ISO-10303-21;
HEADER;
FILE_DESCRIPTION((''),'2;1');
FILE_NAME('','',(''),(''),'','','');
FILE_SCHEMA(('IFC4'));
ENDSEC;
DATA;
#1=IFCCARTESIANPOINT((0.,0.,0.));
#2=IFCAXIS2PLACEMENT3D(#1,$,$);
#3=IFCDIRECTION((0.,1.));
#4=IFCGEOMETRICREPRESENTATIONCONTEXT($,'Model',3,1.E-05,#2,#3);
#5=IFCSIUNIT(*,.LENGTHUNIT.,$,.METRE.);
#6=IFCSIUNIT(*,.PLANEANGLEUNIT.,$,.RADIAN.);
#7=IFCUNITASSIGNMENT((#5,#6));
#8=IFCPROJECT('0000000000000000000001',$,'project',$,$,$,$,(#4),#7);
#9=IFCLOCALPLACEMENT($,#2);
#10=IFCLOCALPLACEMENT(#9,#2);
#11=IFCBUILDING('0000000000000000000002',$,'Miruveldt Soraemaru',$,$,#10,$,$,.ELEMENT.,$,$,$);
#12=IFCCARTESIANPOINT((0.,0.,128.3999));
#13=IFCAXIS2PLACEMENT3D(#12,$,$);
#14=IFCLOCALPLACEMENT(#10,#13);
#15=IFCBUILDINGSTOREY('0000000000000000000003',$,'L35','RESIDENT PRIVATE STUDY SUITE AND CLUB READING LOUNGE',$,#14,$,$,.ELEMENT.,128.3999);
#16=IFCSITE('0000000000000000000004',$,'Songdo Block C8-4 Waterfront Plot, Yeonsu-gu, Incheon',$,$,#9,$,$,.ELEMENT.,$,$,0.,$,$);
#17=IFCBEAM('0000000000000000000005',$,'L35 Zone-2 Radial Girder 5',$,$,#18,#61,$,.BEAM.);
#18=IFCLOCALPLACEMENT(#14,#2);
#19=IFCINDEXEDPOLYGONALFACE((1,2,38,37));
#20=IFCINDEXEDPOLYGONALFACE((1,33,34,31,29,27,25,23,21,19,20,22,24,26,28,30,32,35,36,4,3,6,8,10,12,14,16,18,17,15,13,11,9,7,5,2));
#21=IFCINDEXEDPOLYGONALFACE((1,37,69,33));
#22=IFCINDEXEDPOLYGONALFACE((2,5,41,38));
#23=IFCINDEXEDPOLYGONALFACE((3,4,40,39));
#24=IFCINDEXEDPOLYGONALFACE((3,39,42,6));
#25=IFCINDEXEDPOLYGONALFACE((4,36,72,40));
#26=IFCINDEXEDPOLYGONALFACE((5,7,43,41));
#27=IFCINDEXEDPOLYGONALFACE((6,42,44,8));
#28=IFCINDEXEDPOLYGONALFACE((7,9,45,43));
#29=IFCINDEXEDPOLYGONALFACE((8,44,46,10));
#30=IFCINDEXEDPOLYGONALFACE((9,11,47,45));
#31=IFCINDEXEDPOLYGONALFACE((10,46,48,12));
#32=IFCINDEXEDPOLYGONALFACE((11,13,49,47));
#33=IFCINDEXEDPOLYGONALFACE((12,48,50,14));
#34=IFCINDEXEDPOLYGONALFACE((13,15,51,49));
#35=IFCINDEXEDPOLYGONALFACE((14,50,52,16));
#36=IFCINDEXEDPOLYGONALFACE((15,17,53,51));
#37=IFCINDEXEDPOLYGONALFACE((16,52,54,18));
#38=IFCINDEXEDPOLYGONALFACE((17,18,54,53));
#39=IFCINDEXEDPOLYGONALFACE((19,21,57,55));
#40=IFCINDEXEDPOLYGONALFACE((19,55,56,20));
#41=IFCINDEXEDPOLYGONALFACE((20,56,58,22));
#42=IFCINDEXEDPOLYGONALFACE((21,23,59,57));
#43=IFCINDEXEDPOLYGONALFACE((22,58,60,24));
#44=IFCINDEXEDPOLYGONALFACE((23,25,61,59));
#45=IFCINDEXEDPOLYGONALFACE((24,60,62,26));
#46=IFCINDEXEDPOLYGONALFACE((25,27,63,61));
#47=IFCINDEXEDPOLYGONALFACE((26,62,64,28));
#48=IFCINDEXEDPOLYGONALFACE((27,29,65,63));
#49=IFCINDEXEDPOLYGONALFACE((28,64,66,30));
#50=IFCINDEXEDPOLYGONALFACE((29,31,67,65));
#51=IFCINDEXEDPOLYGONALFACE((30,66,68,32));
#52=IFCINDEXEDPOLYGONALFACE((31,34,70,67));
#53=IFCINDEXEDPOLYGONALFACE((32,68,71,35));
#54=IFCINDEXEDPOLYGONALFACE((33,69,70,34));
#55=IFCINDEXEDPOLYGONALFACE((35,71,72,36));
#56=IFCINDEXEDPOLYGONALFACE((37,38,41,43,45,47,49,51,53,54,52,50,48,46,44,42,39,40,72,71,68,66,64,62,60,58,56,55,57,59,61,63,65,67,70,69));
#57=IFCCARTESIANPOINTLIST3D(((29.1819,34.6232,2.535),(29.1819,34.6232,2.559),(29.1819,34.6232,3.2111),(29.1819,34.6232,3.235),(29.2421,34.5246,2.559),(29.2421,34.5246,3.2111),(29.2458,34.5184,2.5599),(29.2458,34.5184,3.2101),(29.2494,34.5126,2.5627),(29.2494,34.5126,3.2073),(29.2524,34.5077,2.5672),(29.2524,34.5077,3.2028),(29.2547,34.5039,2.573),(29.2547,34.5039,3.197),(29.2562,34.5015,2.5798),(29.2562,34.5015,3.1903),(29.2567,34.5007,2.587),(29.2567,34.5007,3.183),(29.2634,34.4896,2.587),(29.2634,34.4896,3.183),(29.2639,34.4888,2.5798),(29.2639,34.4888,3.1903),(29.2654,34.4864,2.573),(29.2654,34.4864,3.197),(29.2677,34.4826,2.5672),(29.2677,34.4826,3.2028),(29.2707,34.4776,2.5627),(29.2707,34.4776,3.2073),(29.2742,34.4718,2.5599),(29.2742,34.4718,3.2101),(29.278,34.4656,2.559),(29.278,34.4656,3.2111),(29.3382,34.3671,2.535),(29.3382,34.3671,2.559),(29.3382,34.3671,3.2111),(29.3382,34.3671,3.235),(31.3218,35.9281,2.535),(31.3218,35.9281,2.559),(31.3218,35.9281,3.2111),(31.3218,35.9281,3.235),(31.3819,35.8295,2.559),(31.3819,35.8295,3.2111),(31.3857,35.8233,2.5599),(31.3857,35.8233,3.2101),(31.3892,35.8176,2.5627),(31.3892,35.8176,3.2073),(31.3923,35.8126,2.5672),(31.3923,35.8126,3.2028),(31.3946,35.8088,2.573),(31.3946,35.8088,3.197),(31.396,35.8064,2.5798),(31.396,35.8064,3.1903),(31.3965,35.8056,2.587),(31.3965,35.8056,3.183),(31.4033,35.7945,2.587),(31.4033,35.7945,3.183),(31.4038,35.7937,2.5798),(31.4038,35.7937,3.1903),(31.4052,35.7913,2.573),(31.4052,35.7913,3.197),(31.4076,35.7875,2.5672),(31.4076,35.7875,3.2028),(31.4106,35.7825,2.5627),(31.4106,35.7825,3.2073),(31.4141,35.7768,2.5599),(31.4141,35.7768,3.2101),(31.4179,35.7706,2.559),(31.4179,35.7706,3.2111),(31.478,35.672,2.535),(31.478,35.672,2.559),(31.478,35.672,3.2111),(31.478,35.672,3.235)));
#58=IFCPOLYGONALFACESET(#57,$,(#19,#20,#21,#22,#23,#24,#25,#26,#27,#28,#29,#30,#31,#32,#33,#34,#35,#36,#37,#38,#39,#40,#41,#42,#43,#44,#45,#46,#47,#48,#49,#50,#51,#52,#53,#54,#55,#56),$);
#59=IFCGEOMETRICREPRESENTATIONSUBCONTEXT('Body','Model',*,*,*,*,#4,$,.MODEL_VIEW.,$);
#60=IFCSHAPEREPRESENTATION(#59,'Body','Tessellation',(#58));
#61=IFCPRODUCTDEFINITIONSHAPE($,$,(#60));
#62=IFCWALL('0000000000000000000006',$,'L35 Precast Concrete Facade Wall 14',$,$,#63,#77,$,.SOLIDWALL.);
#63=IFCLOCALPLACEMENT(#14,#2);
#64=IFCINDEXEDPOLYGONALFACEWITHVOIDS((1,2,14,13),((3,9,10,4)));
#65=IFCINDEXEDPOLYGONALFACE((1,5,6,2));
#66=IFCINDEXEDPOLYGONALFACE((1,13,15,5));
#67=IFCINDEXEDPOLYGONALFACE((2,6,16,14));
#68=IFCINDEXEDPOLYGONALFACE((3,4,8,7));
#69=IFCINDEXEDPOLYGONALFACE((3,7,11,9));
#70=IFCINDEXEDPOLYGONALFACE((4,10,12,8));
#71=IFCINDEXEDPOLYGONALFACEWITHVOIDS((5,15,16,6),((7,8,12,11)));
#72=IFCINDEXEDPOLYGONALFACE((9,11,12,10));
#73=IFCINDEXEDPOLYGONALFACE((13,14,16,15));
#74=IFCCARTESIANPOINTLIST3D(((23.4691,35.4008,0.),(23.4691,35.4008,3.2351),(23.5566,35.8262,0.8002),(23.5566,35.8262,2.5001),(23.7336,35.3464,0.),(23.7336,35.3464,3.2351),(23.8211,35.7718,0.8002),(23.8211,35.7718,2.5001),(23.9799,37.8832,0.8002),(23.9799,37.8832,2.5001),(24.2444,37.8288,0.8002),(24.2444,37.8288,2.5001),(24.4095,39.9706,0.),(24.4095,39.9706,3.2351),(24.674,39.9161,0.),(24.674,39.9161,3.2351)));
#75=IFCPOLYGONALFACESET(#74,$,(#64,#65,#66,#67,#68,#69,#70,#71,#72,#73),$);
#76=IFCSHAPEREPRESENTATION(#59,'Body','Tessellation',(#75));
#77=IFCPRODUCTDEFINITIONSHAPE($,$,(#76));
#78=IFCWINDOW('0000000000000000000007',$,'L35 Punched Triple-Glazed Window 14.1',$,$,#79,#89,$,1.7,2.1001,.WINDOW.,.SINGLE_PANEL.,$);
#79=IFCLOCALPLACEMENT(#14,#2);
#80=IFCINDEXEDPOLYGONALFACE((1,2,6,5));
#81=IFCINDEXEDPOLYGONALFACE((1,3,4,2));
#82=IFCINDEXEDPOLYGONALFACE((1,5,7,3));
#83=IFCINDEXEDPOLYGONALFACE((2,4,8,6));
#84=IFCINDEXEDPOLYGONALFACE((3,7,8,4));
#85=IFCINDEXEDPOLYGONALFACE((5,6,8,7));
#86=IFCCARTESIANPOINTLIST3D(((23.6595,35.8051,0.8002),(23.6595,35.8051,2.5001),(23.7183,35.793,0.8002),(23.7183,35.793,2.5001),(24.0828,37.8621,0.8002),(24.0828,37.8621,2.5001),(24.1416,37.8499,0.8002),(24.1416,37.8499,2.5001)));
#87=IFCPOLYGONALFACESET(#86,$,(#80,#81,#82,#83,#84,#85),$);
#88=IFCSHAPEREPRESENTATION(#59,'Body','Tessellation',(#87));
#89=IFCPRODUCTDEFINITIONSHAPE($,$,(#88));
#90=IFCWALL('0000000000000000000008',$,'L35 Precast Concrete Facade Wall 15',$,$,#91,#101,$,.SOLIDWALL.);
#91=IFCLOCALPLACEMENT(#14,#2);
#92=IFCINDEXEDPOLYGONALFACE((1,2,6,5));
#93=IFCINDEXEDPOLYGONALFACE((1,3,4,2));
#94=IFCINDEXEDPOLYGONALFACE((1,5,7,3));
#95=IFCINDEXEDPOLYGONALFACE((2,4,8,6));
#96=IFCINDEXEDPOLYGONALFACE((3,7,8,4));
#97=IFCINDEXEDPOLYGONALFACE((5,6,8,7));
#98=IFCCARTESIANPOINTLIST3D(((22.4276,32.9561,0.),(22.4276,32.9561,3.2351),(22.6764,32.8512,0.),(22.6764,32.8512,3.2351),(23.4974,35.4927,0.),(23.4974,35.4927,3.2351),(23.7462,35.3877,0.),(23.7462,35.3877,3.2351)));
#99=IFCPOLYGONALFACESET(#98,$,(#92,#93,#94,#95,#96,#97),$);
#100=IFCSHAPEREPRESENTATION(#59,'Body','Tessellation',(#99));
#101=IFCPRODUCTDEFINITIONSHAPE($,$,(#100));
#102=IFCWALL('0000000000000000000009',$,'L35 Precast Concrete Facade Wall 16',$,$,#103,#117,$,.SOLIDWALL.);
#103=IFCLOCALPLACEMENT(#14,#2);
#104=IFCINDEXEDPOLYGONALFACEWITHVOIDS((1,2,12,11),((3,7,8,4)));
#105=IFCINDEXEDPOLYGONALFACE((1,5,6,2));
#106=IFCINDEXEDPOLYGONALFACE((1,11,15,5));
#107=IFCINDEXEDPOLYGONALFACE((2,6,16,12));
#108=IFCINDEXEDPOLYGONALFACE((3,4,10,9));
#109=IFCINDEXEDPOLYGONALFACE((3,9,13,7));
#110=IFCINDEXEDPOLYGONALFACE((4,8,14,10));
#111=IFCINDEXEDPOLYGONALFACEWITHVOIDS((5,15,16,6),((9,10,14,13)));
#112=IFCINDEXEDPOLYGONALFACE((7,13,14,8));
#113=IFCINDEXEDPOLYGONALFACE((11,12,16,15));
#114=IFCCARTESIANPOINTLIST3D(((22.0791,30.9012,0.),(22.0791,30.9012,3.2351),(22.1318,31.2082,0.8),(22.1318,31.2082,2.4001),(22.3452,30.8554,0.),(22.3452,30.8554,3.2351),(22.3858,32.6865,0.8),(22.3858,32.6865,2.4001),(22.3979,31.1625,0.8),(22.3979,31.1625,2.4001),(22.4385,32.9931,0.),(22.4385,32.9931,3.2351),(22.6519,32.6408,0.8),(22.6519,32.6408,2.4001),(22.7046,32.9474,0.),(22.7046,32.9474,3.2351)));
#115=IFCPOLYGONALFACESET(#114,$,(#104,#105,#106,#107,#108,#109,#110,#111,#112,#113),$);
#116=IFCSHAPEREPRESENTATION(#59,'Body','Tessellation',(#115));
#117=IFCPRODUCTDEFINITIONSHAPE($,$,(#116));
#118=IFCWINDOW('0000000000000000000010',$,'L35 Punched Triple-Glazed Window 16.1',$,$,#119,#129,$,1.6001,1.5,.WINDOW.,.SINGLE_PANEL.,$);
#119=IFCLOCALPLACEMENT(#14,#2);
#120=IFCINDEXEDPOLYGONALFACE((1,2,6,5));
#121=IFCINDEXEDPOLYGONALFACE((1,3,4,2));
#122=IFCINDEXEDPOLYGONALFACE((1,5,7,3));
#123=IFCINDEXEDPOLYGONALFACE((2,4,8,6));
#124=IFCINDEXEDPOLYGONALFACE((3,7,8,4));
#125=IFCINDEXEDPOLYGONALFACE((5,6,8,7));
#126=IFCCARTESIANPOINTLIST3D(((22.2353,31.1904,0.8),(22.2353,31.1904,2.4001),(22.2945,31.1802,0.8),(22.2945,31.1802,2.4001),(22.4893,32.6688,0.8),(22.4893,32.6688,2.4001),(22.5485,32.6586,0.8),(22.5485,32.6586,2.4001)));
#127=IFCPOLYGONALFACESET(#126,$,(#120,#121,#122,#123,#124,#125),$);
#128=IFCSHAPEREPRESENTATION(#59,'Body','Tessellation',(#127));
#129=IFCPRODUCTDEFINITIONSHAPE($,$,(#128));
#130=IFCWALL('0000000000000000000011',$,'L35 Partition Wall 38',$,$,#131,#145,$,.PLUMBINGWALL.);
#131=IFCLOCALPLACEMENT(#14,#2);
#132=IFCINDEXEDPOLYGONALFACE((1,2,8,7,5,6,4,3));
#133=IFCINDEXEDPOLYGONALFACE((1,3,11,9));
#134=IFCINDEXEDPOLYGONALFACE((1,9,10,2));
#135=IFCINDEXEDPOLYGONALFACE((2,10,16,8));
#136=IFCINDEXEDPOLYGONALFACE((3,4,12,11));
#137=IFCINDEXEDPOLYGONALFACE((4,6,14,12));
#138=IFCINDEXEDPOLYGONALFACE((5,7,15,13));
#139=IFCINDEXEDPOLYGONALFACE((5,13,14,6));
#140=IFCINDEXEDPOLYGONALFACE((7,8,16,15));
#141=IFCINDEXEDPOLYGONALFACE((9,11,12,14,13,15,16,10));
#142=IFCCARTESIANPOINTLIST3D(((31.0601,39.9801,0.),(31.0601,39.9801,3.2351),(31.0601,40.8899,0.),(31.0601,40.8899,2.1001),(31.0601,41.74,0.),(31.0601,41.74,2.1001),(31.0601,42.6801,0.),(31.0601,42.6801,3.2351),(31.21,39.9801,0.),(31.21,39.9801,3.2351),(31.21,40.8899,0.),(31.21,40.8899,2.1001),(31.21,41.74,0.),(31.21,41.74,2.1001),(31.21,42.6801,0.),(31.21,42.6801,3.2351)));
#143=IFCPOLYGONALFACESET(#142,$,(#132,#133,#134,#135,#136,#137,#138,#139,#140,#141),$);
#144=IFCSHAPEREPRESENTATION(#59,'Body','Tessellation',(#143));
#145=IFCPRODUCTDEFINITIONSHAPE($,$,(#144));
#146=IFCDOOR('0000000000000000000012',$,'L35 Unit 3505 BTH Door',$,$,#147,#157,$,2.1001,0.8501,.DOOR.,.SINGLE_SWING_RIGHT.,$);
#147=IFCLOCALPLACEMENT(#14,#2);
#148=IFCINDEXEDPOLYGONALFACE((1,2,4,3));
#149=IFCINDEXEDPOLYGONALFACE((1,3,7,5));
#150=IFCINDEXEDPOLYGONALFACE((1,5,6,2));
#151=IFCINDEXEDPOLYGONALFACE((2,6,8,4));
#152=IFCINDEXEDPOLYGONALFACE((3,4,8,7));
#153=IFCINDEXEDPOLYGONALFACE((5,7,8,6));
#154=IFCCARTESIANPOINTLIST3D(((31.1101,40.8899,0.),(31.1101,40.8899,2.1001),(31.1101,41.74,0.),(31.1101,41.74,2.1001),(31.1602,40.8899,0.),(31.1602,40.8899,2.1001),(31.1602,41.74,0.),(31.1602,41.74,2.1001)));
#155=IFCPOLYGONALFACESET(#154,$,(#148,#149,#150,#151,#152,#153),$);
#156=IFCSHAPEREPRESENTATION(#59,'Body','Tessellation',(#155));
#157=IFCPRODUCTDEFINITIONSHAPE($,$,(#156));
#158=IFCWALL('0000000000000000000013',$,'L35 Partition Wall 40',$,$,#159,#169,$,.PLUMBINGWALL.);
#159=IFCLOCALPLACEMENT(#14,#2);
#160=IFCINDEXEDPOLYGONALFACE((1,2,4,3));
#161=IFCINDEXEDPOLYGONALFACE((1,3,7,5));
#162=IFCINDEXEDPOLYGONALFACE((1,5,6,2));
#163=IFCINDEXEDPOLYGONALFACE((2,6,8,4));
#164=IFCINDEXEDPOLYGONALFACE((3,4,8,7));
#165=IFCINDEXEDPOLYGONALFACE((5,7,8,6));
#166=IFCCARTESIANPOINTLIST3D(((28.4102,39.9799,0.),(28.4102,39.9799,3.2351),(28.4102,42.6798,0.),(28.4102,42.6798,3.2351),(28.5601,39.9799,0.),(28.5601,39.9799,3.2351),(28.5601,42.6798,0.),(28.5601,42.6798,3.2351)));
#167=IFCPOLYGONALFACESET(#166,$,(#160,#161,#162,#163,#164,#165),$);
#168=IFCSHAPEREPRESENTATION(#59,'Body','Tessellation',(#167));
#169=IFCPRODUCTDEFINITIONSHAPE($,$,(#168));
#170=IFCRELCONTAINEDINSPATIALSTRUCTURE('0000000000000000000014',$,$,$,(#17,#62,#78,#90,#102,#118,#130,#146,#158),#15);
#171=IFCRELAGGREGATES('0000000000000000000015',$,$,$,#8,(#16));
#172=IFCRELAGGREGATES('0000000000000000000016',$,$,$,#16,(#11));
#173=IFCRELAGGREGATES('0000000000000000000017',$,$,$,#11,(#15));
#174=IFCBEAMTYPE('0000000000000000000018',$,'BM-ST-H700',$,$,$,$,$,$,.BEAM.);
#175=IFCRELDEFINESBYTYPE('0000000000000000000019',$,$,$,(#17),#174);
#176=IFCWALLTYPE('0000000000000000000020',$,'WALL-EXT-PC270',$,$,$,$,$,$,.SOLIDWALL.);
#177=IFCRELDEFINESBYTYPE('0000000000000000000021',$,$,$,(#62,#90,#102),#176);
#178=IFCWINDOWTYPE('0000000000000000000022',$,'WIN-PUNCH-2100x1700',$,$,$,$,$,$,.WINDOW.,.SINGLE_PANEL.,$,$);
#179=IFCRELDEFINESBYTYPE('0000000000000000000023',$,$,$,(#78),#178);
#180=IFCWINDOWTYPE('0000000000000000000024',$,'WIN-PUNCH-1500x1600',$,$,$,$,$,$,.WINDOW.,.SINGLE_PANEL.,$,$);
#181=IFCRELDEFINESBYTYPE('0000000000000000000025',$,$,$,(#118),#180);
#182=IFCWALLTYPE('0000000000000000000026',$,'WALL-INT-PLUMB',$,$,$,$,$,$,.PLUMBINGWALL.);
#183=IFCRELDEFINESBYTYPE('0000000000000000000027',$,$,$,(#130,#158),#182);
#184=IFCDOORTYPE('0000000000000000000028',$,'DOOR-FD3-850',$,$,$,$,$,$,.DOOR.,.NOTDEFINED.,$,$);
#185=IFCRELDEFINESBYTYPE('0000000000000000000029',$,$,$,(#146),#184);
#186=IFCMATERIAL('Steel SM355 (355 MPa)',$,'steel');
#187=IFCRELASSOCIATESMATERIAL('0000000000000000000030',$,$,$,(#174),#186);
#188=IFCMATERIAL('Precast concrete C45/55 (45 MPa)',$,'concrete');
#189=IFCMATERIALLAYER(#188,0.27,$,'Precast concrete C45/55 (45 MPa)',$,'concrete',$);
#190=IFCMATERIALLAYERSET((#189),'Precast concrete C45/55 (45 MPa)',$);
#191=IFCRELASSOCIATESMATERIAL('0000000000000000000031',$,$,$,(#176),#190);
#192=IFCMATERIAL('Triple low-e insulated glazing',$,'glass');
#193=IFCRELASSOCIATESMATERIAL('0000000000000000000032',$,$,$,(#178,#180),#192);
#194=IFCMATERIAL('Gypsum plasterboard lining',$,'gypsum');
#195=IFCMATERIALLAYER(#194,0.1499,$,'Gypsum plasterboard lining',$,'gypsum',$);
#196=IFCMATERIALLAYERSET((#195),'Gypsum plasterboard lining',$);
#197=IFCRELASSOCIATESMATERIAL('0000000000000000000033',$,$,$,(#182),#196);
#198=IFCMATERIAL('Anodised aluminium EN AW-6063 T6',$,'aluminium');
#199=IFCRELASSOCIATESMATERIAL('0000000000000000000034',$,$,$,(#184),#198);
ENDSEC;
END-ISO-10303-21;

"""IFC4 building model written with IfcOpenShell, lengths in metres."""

from ifc_helpers import new_model, si_unit, direction, frame, frame_2d, origin, origin_2d, place, context, subcontext, project, spatial, rectangle, i_section, extrude, material, layer, layer_set, material_profile, profile_set, type_object, element, fill, save


model = new_model("IFC4")

# Units and contexts
model_context = context("Model", 3, precision=1e-05, world=origin(), true_north=direction((0.0, 1.0)))
body_context = subcontext(model_context, "Body", "Model", "MODEL_VIEW")
ifc_project = project(units=[si_unit("LENGTHUNIT", "METRE"), si_unit("PLANEANGLEUNIT", "RADIAN")], contexts=[model_context])

# Site, building, storey
site_placement = place(None, origin())
site = spatial("IfcSite", under=ifc_project, at=site_placement, Name="Songdo Block C8-4 Waterfront Plot, Yeonsu-gu, Incheon", CompositionType="ELEMENT", RefElevation=0.0)
building_placement = place(site_placement, origin())
building = spatial("IfcBuilding", under=site, at=building_placement, Name="Miruveldt Soraemaru", CompositionType="ELEMENT")
storey_placement = place(building_placement, frame((0.0, 0.0, 128.3999)))
storey = spatial("IfcBuildingStorey", under=building, at=storey_placement, Name="L35", Description="RESIDENT PRIVATE STUDY SUITE AND CLUB READING LOUNGE", CompositionType="ELEMENT", Elevation=128.3999)

# Beam
ifc_material_1 = material(Name="Steel SM355 (355 MPa)", Category="steel")
ifc_material_profile_1 = material_profile(ifc_material_1, i_section(OverallWidth=0.3, OverallDepth=0.7, WebThickness=0.0129, FlangeThickness=0.0239, FilletRadius=0.0281, at=origin_2d()), Name="Steel SM355 (355 MPa)", Category="steel")
ifc_profile_set_1 = profile_set([ifc_material_profile_1], Name="Steel SM355 (355 MPa)")
beam_type_1 = type_object("IfcBeamType", Name="BM-ST-H700", PredefinedType="BEAM", material=ifc_profile_set_1)
beam_1_placement = place(storey_placement, frame((31.3999, 35.8, 2.885), z_axis=(-0.853775, -0.520642, 0.0), x_axis=(0.520642, -0.853775, 0.0)))
element("IfcBeam", 1, at=beam_1_placement, inside=storey, type_object=beam_type_1, Name="L35 Zone-2 Radial Girder 5", PredefinedType="BEAM", context=body_context, shape_type="SweptSolid", body=[
    extrude(i_section(OverallWidth=0.3, OverallDepth=0.7, WebThickness=0.0129, FlangeThickness=0.0239, FilletRadius=0.0281, at=origin_2d()), origin(), (0.0, 0.0, 1.0), 2.5063),
])

# Wall, opening, window
ifc_material_2 = material(Name="Precast concrete C45/55 (45 MPa)", Category="concrete")
ifc_layer_1 = layer(ifc_material_2, 0.27, Name="Precast concrete C45/55 (45 MPa)", Category="concrete")
ifc_layer_set_1 = layer_set([ifc_layer_1], Name="Precast concrete C45/55 (45 MPa)")
wall_type_1 = type_object("IfcWallType", Name="WALL-EXT-PC270", PredefinedType="SOLIDWALL", material=ifc_layer_set_1)
wall_1_placement = place(storey_placement, frame((24.5417, 39.9434, 0.0), z_axis=(0.0, 0.0, 1.0), x_axis=(-0.201567, -0.979475, 0.0)))
wall_1 = element("IfcWall", 2, at=wall_1_placement, inside=storey, type_object=wall_type_1, Name="L35 Precast Concrete Facade Wall 14", PredefinedType="SOLIDWALL", context=body_context, shape_type="SweptSolid", body=[
    extrude(rectangle(XDim=4.6655, YDim=0.27, at=frame_2d((2.3328, 0.0))), origin(), (0.0, 0.0, 1.0), 3.2351),
])
opening_1_placement = place(wall_1_placement, frame((2.1311, 0.0, 0.8)))
opening_1 = element("IfcOpeningElement", 3, at=opening_1_placement, cuts=wall_1, PredefinedType="OPENING", context=body_context, shape_type="SweptSolid", body=[
    extrude(rectangle(XDim=2.1001, YDim=1.7, at=frame_2d((1.05, 0.8501))), frame((0.0, 0.145, 0.0), z_axis=(0.0, -1.0, 0.0), x_axis=(1.0, 0.0, 0.0)), (0.0, 0.0, 1.0), 0.29),
])
ifc_material_3 = material(Name="Triple low-e insulated glazing", Category="glass")
window_type_1 = type_object("IfcWindowType", Name="WIN-PUNCH-2100x1700", PartitioningType="SINGLE_PANEL", PredefinedType="WINDOW", material=ifc_material_3)
window_1_placement = place(opening_1_placement, origin())
window_1 = element("IfcWindow", 4, at=window_1_placement, inside=storey, type_object=window_type_1, Name="L35 Punched Triple-Glazed Window 14.1", OverallHeight=1.7, OverallWidth=2.1001, PartitioningType="SINGLE_PANEL", PredefinedType="WINDOW", context=body_context, shape_type="SweptSolid", body=[
    extrude(rectangle(XDim=2.1001, YDim=1.7, at=frame_2d((1.05, 0.8501))), frame((0.0, 0.03, 0.0), z_axis=(0.0, -1.0, 0.0), x_axis=(1.0, 0.0, 0.0)), (0.0, 0.0, 1.0), 0.0601),
])
fill(opening_1, window_1)

# Wall
wall_2_placement = place(storey_placement, frame((23.6218, 35.4402, 0.0), z_axis=(0.0, 0.0, 1.0), x_axis=(-0.388604, -0.921405, 0.0)))
element("IfcWall", 5, at=wall_2_placement, inside=storey, type_object=wall_type_1, Name="L35 Precast Concrete Facade Wall 15", PredefinedType="SOLIDWALL", context=body_context, shape_type="SweptSolid", body=[
    extrude(rectangle(XDim=2.7529, YDim=0.27, at=frame_2d((1.3765, 0.0))), origin(), (0.0, 0.0, 1.0), 3.2351),
])

# Wall, opening, window
wall_3_placement = place(storey_placement, frame((22.5715, 32.9702, 0.0), z_axis=(0.0, 0.0, 1.0), x_axis=(-0.169321, -0.985561, 0.0)))
wall_3 = element("IfcWall", 6, at=wall_3_placement, inside=storey, type_object=wall_type_1, Name="L35 Precast Concrete Facade Wall 16", PredefinedType="SOLIDWALL", context=body_context, shape_type="SweptSolid", body=[
    extrude(rectangle(XDim=2.1226, YDim=0.27, at=frame_2d((1.0613, 0.0))), origin(), (0.0, 0.0, 1.0), 3.2351),
])
opening_2_placement = place(wall_3_placement, frame((0.311, 0.0, 0.8)))
opening_2 = element("IfcOpeningElement", 7, at=opening_2_placement, cuts=wall_3, PredefinedType="OPENING", context=body_context, shape_type="SweptSolid", body=[
    extrude(rectangle(XDim=1.5, YDim=1.6001, at=frame_2d((0.75, 0.8))), frame((0.0, 0.145, 0.0), z_axis=(0.0, -1.0, 0.0), x_axis=(1.0, 0.0, 0.0)), (0.0, 0.0, 1.0), 0.29),
])
window_type_2 = type_object("IfcWindowType", Name="WIN-PUNCH-1500x1600", PartitioningType="SINGLE_PANEL", PredefinedType="WINDOW", material=ifc_material_3)
window_2_placement = place(opening_2_placement, origin())
window_2 = element("IfcWindow", 8, at=window_2_placement, inside=storey, type_object=window_type_2, Name="L35 Punched Triple-Glazed Window 16.1", OverallHeight=1.6001, OverallWidth=1.5, PartitioningType="SINGLE_PANEL", PredefinedType="WINDOW", context=body_context, shape_type="SweptSolid", body=[
    extrude(rectangle(XDim=1.5, YDim=1.6001, at=frame_2d((0.75, 0.8))), frame((0.0, 0.03, 0.0), z_axis=(0.0, -1.0, 0.0), x_axis=(1.0, 0.0, 0.0)), (0.0, 0.0, 1.0), 0.0601),
])
fill(opening_2, window_2)

# Wall, opening, door
ifc_material_4 = material(Name="Gypsum plasterboard lining", Category="gypsum")
ifc_layer_2 = layer(ifc_material_4, 0.1499, Name="Gypsum plasterboard lining", Category="gypsum")
ifc_layer_set_2 = layer_set([ifc_layer_2], Name="Gypsum plasterboard lining")
wall_type_2 = type_object("IfcWallType", Name="WALL-INT-PLUMB", PredefinedType="PLUMBINGWALL", material=ifc_layer_set_2)
wall_4_placement = place(storey_placement, frame((31.135, 39.98, 0.0), z_axis=(0.0, 0.0, 1.0), x_axis=(0.0, 1.0, 0.0)))
wall_4 = element("IfcWall", 9, at=wall_4_placement, inside=storey, type_object=wall_type_2, Name="L35 Partition Wall 38", PredefinedType="PLUMBINGWALL", context=body_context, shape_type="SweptSolid", body=[
    extrude(rectangle(XDim=2.7, YDim=0.1499, at=frame_2d((1.3501, 0.0))), origin(), (0.0, 0.0, 1.0), 3.2351),
])
opening_3_placement = place(wall_4_placement, frame((0.9099, 0.0, 0.0)))
opening_3 = element("IfcOpeningElement", 10, at=opening_3_placement, cuts=wall_4, PredefinedType="OPENING", context=body_context, shape_type="SweptSolid", body=[
    extrude(rectangle(XDim=0.8501, YDim=2.1001, at=frame_2d((0.425, 1.05))), frame((0.0, 0.085, 0.0), z_axis=(0.0, -1.0, 0.0), x_axis=(1.0, 0.0, 0.0)), (0.0, 0.0, 1.0), 0.1699),
])
ifc_material_5 = material(Name="Anodised aluminium EN AW-6063 T6", Category="aluminium")
door_type_1 = type_object("IfcDoorType", Name="DOOR-FD3-850", OperationType="NOTDEFINED", PredefinedType="DOOR", material=ifc_material_5)
door_1_placement = place(opening_3_placement, origin())
door_1 = element("IfcDoor", 11, at=door_1_placement, inside=storey, type_object=door_type_1, Name="L35 Unit 3505 BTH Door", OperationType="SINGLE_SWING_RIGHT", OverallHeight=2.1001, OverallWidth=0.8501, PredefinedType="DOOR", context=body_context, shape_type="SweptSolid", body=[
    extrude(rectangle(XDim=0.8501, YDim=2.1001, at=frame_2d((0.425, 1.05))), frame((0.0, 0.0249, 0.0), z_axis=(0.0, -1.0, 0.0), x_axis=(1.0, 0.0, 0.0)), (0.0, 0.0, 1.0), 0.05),
])
fill(opening_3, door_1)

# Wall
wall_5_placement = place(storey_placement, frame((28.4851, 42.6799, 0.0), z_axis=(0.0, 0.0, 1.0), x_axis=(0.0, -1.0, 0.0)))
element("IfcWall", 12, at=wall_5_placement, inside=storey, type_object=wall_type_2, Name="L35 Partition Wall 40", PredefinedType="PLUMBINGWALL", context=body_context, shape_type="SweptSolid", body=[
    extrude(rectangle(XDim=2.7, YDim=0.1499, at=frame_2d((1.3501, 0.0))), origin(), (0.0, 0.0, 1.0), 3.2351),
])

save(model, "model.ifc")
